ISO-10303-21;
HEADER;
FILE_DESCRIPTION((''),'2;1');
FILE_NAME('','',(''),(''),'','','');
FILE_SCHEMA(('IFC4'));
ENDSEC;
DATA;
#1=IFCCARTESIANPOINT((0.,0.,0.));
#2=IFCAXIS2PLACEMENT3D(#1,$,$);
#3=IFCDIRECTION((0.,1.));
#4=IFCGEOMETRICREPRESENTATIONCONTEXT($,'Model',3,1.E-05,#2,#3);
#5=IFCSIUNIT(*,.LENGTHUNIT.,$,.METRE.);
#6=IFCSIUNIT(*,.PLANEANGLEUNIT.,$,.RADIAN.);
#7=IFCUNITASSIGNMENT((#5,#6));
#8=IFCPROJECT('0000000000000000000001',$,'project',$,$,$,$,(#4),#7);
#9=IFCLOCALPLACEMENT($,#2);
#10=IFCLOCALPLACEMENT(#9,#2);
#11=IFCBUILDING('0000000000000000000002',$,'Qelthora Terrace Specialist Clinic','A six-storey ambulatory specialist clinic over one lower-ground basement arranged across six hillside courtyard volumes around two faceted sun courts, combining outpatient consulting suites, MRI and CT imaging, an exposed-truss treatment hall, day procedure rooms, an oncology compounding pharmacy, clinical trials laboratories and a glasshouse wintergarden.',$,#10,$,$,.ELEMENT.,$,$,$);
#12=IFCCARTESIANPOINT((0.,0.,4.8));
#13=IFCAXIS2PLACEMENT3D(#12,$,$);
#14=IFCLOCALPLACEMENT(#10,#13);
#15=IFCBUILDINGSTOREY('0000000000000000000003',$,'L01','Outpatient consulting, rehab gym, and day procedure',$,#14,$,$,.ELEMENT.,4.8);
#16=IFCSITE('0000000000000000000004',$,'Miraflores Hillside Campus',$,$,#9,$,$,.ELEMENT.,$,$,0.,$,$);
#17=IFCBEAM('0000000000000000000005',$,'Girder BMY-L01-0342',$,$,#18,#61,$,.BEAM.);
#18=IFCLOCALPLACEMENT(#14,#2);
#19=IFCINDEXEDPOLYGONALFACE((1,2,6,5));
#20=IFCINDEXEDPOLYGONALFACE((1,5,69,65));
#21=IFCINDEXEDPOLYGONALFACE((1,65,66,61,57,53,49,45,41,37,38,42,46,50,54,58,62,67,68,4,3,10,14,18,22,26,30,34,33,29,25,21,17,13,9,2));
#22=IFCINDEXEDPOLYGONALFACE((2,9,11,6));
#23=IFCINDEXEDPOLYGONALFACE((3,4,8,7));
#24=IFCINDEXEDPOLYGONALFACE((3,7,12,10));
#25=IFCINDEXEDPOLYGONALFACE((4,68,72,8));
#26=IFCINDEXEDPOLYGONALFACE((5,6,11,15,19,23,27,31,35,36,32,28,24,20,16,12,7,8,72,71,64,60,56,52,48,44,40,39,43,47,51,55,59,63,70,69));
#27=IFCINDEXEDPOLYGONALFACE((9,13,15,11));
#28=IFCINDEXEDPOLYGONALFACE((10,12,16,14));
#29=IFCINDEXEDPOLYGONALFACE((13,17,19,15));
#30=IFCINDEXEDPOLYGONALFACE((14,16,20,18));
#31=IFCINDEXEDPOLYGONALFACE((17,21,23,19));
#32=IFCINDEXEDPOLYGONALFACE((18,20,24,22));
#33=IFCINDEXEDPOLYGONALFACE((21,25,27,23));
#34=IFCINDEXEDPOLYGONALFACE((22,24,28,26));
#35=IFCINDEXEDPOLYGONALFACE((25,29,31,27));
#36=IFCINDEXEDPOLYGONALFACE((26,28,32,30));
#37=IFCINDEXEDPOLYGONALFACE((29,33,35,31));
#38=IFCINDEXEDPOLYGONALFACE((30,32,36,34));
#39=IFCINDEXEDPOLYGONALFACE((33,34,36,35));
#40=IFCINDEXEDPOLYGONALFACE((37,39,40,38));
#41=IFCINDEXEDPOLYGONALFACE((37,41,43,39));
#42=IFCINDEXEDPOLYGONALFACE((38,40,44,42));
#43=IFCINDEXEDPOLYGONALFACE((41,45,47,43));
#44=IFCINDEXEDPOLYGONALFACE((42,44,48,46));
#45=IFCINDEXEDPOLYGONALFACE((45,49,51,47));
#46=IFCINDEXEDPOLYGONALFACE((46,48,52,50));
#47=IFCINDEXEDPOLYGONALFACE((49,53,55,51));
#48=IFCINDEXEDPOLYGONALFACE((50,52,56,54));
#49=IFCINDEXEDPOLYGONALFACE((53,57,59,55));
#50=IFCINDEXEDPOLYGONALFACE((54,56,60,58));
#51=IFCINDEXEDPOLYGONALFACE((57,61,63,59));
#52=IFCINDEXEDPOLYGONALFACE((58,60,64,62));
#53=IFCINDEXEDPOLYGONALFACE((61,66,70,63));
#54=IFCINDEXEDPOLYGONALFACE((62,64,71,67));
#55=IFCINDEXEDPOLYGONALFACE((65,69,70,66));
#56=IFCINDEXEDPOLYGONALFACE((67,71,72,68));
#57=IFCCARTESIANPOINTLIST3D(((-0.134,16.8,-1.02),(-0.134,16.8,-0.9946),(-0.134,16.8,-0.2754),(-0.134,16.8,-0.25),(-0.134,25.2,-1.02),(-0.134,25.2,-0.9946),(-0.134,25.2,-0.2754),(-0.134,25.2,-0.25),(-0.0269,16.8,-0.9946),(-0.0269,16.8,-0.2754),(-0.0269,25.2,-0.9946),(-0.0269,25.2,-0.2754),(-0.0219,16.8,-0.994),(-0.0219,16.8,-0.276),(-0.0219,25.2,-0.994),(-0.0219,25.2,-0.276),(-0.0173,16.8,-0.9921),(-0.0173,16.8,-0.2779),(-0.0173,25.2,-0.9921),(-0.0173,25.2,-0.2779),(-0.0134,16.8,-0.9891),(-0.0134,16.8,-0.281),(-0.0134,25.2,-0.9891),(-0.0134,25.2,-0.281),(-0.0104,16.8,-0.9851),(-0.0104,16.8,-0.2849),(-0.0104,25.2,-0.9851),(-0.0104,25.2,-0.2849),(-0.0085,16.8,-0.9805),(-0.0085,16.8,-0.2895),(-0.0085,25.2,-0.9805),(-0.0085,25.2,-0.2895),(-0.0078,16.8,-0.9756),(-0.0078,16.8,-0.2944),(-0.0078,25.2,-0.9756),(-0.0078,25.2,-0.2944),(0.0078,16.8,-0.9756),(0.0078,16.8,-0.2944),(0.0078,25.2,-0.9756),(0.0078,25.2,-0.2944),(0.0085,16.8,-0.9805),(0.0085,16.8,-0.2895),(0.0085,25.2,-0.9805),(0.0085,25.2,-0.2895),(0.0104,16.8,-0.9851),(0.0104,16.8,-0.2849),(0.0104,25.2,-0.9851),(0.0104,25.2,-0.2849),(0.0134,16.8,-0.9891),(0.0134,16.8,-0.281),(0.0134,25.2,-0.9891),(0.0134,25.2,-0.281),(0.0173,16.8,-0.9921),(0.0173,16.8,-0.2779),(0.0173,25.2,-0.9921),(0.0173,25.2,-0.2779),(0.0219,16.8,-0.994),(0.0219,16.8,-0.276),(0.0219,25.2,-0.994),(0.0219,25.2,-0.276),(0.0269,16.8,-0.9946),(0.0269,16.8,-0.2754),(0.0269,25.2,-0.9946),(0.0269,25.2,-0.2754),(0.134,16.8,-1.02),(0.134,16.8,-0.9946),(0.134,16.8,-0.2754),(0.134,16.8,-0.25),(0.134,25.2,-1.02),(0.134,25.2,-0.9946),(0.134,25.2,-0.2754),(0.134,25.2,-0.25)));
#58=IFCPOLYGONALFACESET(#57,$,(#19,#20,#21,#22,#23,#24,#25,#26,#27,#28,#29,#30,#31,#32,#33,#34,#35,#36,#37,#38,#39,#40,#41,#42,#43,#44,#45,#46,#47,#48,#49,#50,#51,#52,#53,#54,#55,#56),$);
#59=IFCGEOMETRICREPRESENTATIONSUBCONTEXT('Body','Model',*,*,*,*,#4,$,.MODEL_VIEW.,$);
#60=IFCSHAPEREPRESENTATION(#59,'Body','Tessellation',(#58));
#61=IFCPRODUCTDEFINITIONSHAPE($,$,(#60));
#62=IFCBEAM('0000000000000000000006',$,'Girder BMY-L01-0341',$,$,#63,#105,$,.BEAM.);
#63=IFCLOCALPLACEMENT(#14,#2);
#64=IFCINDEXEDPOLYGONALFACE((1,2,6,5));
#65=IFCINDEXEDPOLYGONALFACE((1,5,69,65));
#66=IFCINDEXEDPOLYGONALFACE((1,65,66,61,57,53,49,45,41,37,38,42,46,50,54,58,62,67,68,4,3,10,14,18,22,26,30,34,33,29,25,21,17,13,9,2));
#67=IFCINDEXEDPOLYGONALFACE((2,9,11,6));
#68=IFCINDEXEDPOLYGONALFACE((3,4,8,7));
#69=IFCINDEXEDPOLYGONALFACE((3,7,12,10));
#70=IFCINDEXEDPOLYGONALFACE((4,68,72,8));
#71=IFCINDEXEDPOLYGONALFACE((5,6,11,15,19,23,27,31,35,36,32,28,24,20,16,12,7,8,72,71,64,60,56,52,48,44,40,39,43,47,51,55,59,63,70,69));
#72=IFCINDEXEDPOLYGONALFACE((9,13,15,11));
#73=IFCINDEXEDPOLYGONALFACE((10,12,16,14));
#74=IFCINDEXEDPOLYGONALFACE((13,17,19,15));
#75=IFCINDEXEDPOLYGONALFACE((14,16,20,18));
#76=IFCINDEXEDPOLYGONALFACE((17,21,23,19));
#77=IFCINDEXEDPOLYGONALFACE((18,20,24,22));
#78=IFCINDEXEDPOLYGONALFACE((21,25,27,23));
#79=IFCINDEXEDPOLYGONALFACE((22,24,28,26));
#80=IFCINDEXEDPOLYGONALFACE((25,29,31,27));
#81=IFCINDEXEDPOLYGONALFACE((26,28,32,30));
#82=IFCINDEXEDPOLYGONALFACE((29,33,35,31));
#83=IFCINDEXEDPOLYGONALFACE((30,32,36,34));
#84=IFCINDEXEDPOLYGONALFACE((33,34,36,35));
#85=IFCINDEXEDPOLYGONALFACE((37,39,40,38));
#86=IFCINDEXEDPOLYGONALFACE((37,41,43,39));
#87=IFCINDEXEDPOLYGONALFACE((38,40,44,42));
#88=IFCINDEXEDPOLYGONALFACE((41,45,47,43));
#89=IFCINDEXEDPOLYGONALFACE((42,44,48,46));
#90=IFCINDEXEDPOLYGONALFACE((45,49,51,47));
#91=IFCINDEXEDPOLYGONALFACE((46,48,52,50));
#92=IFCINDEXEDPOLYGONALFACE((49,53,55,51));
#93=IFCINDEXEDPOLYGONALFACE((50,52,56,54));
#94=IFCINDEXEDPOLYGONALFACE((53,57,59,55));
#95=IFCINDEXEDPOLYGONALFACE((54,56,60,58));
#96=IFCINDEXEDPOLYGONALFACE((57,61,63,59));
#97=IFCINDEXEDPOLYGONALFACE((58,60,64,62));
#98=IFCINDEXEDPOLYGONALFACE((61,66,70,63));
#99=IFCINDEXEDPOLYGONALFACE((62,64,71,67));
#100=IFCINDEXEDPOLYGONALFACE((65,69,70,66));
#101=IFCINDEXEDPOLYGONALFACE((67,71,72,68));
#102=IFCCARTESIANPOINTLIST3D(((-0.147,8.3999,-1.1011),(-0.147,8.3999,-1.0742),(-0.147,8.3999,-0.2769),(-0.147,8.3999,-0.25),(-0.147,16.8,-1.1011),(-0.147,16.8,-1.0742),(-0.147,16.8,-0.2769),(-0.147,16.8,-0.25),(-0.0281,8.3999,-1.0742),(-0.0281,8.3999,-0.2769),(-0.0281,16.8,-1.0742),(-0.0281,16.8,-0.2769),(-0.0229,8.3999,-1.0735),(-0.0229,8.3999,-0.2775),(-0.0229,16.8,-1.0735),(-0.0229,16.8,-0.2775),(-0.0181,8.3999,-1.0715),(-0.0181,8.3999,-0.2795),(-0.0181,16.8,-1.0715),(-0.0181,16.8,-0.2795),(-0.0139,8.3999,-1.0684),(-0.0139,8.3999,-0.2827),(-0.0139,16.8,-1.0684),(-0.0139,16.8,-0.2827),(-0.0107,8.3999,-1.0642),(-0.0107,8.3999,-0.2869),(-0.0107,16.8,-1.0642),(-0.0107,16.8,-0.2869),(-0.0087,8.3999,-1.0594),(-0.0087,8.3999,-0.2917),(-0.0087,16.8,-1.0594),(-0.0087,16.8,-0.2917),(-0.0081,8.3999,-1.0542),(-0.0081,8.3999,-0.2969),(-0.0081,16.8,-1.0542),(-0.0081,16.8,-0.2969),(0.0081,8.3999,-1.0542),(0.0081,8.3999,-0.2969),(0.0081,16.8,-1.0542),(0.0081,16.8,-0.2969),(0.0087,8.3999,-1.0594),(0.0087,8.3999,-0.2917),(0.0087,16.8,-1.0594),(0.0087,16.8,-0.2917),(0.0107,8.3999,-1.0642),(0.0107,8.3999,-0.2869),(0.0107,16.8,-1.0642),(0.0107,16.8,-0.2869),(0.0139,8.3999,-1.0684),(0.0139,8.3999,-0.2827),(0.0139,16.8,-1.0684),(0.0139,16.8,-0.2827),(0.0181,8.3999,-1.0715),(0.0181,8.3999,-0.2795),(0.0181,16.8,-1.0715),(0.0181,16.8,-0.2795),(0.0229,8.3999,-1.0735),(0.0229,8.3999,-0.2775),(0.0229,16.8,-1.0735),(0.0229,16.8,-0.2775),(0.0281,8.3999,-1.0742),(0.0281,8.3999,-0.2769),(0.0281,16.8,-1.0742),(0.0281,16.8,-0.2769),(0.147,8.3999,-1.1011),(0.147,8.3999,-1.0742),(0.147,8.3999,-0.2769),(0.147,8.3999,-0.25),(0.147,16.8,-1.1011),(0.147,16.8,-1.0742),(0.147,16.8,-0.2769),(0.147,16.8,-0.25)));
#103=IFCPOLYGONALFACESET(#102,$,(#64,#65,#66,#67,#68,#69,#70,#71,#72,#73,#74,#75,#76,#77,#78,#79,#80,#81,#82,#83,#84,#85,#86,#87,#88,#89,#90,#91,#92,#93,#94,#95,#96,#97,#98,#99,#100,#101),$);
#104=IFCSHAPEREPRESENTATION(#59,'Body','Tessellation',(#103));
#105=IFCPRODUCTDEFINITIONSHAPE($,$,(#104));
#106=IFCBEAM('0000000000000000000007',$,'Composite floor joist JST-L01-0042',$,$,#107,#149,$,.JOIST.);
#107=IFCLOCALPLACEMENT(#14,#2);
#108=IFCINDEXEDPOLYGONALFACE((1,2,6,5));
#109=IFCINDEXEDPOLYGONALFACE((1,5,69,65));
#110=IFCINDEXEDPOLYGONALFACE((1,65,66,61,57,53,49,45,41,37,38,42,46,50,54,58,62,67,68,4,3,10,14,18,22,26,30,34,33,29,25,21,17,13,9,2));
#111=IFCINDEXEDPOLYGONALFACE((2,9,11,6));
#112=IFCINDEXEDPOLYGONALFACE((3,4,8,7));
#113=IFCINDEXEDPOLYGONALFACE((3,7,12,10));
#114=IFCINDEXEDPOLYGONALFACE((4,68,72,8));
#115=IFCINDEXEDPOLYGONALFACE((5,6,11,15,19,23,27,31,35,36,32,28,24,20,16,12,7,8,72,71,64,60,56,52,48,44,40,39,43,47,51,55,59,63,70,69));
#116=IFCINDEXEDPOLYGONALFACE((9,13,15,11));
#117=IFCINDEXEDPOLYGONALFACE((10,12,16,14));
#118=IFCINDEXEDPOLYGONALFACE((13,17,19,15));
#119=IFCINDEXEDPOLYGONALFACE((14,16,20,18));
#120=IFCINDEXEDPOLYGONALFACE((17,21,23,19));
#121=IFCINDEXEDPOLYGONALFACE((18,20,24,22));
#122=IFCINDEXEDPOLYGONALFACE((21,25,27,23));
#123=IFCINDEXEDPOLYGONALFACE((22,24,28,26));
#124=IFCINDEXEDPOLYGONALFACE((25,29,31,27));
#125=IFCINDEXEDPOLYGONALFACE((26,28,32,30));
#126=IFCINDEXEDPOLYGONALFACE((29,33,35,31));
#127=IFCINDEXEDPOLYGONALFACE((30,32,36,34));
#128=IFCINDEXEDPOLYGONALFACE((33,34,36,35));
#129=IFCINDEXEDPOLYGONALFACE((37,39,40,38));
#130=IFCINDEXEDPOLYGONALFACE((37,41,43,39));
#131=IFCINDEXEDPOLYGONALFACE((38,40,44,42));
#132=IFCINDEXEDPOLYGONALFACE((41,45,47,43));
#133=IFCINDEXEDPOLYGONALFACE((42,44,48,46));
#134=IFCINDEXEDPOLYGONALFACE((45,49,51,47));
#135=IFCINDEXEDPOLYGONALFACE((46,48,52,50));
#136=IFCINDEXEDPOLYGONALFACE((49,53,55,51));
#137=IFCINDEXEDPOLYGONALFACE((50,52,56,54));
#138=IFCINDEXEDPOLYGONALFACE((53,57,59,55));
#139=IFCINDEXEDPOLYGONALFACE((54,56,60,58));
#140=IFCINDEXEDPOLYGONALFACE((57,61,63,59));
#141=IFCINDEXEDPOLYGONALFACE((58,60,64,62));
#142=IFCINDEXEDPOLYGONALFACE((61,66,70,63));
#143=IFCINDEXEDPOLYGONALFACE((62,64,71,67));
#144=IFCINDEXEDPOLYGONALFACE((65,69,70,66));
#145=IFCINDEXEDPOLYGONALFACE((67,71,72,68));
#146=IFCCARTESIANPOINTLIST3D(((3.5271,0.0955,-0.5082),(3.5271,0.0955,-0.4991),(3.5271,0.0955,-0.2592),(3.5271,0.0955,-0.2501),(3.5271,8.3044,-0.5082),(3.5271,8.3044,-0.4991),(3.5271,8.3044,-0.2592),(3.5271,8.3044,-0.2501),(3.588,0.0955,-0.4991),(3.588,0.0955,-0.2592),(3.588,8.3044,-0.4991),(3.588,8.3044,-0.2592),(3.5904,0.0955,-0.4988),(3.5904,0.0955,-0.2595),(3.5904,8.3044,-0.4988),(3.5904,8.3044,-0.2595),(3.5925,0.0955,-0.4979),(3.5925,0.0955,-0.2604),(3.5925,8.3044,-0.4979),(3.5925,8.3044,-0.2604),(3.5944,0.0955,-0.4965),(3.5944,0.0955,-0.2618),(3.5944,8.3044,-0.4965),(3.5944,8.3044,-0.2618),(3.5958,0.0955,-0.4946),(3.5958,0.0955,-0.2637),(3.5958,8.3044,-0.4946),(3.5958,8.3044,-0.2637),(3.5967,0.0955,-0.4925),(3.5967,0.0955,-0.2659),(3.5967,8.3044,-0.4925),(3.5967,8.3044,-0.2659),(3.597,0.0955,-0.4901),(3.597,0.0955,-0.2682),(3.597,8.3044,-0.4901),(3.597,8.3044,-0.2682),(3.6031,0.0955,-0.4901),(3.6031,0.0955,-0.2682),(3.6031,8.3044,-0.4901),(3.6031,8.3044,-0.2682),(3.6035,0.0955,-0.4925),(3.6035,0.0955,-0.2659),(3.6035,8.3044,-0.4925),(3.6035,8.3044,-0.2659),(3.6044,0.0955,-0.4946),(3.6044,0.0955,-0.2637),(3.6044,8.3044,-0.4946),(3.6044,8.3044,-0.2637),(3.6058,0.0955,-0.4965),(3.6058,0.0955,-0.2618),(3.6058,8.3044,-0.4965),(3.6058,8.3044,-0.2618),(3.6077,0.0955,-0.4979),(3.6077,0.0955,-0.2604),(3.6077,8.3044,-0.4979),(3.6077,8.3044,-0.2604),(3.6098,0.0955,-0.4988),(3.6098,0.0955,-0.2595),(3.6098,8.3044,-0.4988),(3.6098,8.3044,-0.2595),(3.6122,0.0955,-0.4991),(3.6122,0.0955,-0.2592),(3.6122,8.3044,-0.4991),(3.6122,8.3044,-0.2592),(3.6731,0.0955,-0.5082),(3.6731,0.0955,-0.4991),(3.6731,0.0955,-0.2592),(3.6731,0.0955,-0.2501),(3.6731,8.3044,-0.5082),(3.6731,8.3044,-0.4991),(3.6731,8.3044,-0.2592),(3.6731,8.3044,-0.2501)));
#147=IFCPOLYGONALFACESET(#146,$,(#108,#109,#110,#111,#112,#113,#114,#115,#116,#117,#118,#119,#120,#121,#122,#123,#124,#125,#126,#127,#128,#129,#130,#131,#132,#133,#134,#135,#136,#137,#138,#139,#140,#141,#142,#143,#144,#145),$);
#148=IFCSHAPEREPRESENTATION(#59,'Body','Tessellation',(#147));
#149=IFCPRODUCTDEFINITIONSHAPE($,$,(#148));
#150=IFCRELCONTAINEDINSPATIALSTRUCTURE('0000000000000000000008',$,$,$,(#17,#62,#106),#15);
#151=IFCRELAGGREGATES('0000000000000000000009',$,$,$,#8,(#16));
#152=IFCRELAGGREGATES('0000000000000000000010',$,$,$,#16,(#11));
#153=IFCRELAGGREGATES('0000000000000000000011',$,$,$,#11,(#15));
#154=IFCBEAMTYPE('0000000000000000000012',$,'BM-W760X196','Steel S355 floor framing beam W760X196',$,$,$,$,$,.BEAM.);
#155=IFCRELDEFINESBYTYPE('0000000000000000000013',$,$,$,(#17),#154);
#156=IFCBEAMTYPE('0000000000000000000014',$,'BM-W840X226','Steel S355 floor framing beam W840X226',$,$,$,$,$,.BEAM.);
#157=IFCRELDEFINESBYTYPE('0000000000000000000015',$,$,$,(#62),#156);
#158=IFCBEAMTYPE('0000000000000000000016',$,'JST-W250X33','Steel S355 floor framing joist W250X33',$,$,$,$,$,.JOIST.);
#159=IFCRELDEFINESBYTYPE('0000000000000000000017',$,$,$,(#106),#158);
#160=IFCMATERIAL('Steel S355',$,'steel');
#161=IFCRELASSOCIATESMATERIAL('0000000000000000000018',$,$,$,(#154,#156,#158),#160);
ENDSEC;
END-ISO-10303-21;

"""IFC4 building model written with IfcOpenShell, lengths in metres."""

from ifc_helpers import new_model, si_unit, direction, frame, origin, origin_2d, place, context, subcontext, project, spatial, i_section, extrude, material, material_profile, profile_set, type_object, element, save


model = new_model("IFC4")

# Units and contexts
model_context = context("Model", 3, precision=1e-05, world=origin(), true_north=direction((0.0, 1.0)))
body_context = subcontext(model_context, "Body", "Model", "MODEL_VIEW")
ifc_project = project(units=[si_unit("LENGTHUNIT", "METRE"), si_unit("PLANEANGLEUNIT", "RADIAN")], contexts=[model_context])

# Site, building, storey
site_placement = place(None, origin())
site = spatial("IfcSite", under=ifc_project, at=site_placement, Name="Miraflores Hillside Campus", CompositionType="ELEMENT", RefElevation=0.0)
building_placement = place(site_placement, origin())
building = spatial("IfcBuilding", under=site, at=building_placement, Name="Qelthora Terrace Specialist Clinic", Description="A six-storey ambulatory specialist clinic over one lower-ground basement arranged across six hillside courtyard volumes around two faceted sun courts, combining outpatient consulting suites, MRI and CT imaging, an exposed-truss treatment hall, day procedure rooms, an oncology compounding pharmacy, clinical trials laboratories and a glasshouse wintergarden.", CompositionType="ELEMENT")
storey_placement = place(building_placement, frame((0.0, 0.0, 4.8)))
storey = spatial("IfcBuildingStorey", under=building, at=storey_placement, Name="L01", Description="Outpatient consulting, rehab gym, and day procedure", CompositionType="ELEMENT", Elevation=4.8)

# Shared definitions
ifc_material_1 = material(Name="Steel S355", Category="steel")

# Beams
ifc_material_profile_1 = material_profile(ifc_material_1, i_section(OverallWidth=0.2681, OverallDepth=0.77, WebThickness=0.0156, FlangeThickness=0.0254, FilletRadius=0.019, at=origin_2d()), Name="W760X196")
ifc_profile_set_1 = profile_set([ifc_material_profile_1], Name="Steel S355")
beam_type_1 = type_object("IfcBeamType", Name="BM-W760X196", Description="Steel S355 floor framing beam W760X196", PredefinedType="BEAM", material=ifc_profile_set_1)
beam_1_placement = place(storey_placement, frame((0.0, 16.8, -0.635), z_axis=(0.0, 1.0, 0.0), x_axis=(-1.0, 0.0, 0.0)))
element("IfcBeam", 1, at=beam_1_placement, inside=storey, type_object=beam_type_1, Name="Girder BMY-L01-0342", PredefinedType="BEAM", context=body_context, shape_type="SweptSolid", body=[
    extrude(i_section(OverallWidth=0.2681, OverallDepth=0.77, WebThickness=0.0156, FlangeThickness=0.0254, FilletRadius=0.019, at=origin_2d()), origin(), (0.0, 0.0, 1.0), 8.3999),
])
ifc_material_profile_2 = material_profile(ifc_material_1, i_section(OverallWidth=0.2939, OverallDepth=0.8511, WebThickness=0.0161, FlangeThickness=0.0269, FilletRadius=0.02, at=origin_2d()), Name="W840X226")
ifc_profile_set_2 = profile_set([ifc_material_profile_2], Name="Steel S355")
beam_type_2 = type_object("IfcBeamType", Name="BM-W840X226", Description="Steel S355 floor framing beam W840X226", PredefinedType="BEAM", material=ifc_profile_set_2)
beam_2_placement = place(storey_placement, frame((0.0, 8.3999, -0.6755), z_axis=(0.0, 1.0, 0.0), x_axis=(-1.0, 0.0, 0.0)))
element("IfcBeam", 2, at=beam_2_placement, inside=storey, type_object=beam_type_2, Name="Girder BMY-L01-0341", PredefinedType="BEAM", context=body_context, shape_type="SweptSolid", body=[
    extrude(i_section(OverallWidth=0.2939, OverallDepth=0.8511, WebThickness=0.0161, FlangeThickness=0.0269, FilletRadius=0.02, at=origin_2d()), origin(), (0.0, 0.0, 1.0), 8.4001),
])
ifc_material_profile_3 = material_profile(ifc_material_1, i_section(OverallWidth=0.146, OverallDepth=0.2581, WebThickness=0.0061, FlangeThickness=0.009, FilletRadius=0.009, at=origin_2d()), Name="W250X33")
ifc_profile_set_3 = profile_set([ifc_material_profile_3], Name="Steel S355")
beam_type_3 = type_object("IfcBeamType", Name="JST-W250X33", Description="Steel S355 floor framing joist W250X33", PredefinedType="JOIST", material=ifc_profile_set_3)
beam_3_placement = place(storey_placement, frame((3.6001, 0.0955, -0.3792), z_axis=(0.0, 1.0, 0.0), x_axis=(-1.0, 0.0, 0.0)))
element("IfcBeam", 3, at=beam_3_placement, inside=storey, type_object=beam_type_3, Name="Composite floor joist JST-L01-0042", PredefinedType="JOIST", context=body_context, shape_type="SweptSolid", body=[
    extrude(i_section(OverallWidth=0.146, OverallDepth=0.2581, WebThickness=0.0061, FlangeThickness=0.009, FilletRadius=0.009, at=origin_2d()), origin(), (0.0, 0.0, 1.0), 8.209),
])

save(model, "model.ifc")
